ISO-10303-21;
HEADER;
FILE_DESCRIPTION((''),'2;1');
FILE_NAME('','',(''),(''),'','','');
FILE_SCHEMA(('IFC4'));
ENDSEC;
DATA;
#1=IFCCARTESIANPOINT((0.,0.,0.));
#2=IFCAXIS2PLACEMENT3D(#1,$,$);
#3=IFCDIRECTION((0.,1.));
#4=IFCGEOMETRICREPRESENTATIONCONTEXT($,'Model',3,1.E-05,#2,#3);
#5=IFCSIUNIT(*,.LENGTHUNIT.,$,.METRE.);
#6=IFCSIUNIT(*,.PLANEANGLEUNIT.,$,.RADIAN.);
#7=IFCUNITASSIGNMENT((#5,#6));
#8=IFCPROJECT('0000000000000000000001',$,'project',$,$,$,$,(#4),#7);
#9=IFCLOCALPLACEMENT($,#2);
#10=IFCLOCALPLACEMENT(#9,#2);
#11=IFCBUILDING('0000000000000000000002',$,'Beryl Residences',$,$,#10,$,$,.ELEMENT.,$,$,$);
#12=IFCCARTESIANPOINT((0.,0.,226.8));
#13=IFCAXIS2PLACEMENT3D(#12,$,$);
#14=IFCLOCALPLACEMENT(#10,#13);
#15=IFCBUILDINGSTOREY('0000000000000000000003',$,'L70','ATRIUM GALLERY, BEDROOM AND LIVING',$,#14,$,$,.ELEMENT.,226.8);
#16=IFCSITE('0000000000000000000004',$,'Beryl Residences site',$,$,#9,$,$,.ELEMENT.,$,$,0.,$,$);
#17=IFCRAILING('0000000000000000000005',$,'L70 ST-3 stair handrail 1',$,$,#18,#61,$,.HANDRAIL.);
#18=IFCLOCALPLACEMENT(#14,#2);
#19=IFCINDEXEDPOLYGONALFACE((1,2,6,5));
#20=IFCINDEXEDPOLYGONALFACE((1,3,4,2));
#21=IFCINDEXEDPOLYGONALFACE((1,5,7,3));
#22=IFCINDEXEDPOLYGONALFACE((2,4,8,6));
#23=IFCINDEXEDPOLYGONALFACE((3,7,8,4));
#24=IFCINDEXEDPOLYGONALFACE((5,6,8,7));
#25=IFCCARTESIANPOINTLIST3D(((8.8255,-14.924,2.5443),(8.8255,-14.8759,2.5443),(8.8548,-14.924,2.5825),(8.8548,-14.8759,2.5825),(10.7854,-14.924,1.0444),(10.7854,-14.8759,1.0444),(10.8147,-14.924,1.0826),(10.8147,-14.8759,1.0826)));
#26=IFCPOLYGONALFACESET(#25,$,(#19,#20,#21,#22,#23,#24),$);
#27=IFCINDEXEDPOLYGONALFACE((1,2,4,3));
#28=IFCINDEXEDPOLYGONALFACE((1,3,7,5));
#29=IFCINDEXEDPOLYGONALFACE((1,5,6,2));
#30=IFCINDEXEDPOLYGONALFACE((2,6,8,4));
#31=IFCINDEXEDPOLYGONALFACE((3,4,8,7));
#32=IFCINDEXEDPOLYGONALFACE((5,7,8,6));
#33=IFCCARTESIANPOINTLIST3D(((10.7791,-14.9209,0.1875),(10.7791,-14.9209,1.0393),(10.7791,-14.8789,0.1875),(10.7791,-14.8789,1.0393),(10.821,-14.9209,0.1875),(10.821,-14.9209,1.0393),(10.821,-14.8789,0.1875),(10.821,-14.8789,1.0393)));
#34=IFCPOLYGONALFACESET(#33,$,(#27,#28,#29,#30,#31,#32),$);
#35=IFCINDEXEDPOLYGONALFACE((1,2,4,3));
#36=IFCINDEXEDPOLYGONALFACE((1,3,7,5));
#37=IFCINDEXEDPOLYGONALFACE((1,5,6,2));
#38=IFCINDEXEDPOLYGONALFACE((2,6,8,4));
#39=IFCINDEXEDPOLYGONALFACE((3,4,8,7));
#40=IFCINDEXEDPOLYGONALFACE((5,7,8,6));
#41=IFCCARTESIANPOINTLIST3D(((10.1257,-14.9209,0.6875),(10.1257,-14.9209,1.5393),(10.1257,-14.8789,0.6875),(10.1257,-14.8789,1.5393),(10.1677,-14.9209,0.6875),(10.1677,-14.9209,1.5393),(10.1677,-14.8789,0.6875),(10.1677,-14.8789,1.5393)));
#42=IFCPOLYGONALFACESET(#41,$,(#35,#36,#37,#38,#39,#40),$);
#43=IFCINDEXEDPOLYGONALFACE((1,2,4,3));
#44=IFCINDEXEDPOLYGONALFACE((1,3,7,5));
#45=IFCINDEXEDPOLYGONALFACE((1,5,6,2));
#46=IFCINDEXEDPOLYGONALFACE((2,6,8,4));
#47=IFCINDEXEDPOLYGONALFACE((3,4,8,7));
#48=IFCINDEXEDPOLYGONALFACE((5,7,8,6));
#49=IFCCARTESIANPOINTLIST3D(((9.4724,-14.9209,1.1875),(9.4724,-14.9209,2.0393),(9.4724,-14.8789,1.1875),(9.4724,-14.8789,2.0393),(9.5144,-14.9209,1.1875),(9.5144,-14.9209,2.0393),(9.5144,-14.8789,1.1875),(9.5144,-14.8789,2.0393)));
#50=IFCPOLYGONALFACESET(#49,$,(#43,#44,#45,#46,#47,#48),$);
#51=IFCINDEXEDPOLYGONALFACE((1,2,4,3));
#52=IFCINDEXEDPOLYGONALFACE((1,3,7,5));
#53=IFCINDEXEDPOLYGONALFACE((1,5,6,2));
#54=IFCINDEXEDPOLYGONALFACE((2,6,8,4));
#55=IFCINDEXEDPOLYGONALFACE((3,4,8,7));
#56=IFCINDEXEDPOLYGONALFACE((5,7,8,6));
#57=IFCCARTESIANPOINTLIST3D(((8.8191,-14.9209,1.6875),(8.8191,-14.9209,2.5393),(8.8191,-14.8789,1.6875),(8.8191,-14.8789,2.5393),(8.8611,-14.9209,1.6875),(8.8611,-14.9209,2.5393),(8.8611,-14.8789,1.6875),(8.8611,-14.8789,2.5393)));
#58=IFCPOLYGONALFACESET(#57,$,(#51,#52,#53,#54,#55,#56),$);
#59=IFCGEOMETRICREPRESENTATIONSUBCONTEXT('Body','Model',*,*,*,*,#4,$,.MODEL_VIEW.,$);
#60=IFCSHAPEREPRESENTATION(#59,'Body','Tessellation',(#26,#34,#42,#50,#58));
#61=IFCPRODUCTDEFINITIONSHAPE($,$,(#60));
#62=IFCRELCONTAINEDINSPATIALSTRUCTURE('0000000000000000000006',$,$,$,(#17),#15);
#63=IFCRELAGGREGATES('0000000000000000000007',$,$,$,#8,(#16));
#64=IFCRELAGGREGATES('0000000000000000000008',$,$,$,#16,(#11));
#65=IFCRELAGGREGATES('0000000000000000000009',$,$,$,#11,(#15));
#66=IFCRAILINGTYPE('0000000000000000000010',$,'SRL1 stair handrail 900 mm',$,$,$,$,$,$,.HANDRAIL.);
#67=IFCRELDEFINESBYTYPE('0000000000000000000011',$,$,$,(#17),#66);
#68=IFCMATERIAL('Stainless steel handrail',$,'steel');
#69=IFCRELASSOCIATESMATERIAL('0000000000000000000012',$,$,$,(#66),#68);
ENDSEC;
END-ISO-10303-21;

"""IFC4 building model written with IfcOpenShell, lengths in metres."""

from ifc_helpers import new_model, si_unit, direction, frame, origin, origin_2d, place, context, subcontext, project, spatial, rectangle, extrude, material, type_object, element, save


model = new_model("IFC4")

# Units and contexts
model_context = context("Model", 3, precision=1e-05, world=origin(), true_north=direction((0.0, 1.0)))
body_context = subcontext(model_context, "Body", "Model", "MODEL_VIEW")
ifc_project = project(units=[si_unit("LENGTHUNIT", "METRE"), si_unit("PLANEANGLEUNIT", "RADIAN")], contexts=[model_context])

# Site, building, storey
site_placement = place(None, origin())
site = spatial("IfcSite", under=ifc_project, at=site_placement, Name="Beryl Residences site", CompositionType="ELEMENT", RefElevation=0.0)
building_placement = place(site_placement, origin())
building = spatial("IfcBuilding", under=site, at=building_placement, Name="Beryl Residences", CompositionType="ELEMENT")
storey_placement = place(building_placement, frame((0.0, 0.0, 226.8)))
storey = spatial("IfcBuildingStorey", under=building, at=storey_placement, Name="L70", Description="ATRIUM GALLERY, BEDROOM AND LIVING", CompositionType="ELEMENT", Elevation=226.8)

# Railing
ifc_material_1 = material(Name="Stainless steel handrail", Category="steel")
railing_type_1 = type_object("IfcRailingType", Name="SRL1 stair handrail 900 mm", PredefinedType="HANDRAIL", material=ifc_material_1)
railing_1_placement = place(storey_placement, frame((10.8, -14.8999, 0.1875)))
element("IfcRailing", 1, at=railing_1_placement, inside=storey, type_object=railing_type_1, Name="L70 ST-3 stair handrail 1", PredefinedType="HANDRAIL", context=body_context, shape_type="SweptSolid", body=[
    extrude(rectangle(XDim=0.0481, YDim=0.0481, at=origin_2d()), frame((0.0, 0.0, 0.876), z_axis=(-0.794122, 0.0, 0.607758), x_axis=(0.0, -1.0, 0.0)), (0.0, 0.0, 1.0), 2.468),
    extrude(rectangle(XDim=0.042, YDim=0.042, at=origin_2d()), origin(), (0.0, 0.0, 1.0), 0.8518),
    extrude(rectangle(XDim=0.042, YDim=0.042, at=origin_2d()), frame((-0.6533, 0.0, 0.5)), (0.0, 0.0, 1.0), 0.8518),
    extrude(rectangle(XDim=0.042, YDim=0.042, at=origin_2d()), frame((-1.3066, 0.0, 1.0)), (0.0, 0.0, 1.0), 0.8518),
    extrude(rectangle(XDim=0.042, YDim=0.042, at=origin_2d()), frame((-1.96, 0.0, 1.5)), (0.0, 0.0, 1.0), 0.8518),
])

save(model, "model.ifc")
